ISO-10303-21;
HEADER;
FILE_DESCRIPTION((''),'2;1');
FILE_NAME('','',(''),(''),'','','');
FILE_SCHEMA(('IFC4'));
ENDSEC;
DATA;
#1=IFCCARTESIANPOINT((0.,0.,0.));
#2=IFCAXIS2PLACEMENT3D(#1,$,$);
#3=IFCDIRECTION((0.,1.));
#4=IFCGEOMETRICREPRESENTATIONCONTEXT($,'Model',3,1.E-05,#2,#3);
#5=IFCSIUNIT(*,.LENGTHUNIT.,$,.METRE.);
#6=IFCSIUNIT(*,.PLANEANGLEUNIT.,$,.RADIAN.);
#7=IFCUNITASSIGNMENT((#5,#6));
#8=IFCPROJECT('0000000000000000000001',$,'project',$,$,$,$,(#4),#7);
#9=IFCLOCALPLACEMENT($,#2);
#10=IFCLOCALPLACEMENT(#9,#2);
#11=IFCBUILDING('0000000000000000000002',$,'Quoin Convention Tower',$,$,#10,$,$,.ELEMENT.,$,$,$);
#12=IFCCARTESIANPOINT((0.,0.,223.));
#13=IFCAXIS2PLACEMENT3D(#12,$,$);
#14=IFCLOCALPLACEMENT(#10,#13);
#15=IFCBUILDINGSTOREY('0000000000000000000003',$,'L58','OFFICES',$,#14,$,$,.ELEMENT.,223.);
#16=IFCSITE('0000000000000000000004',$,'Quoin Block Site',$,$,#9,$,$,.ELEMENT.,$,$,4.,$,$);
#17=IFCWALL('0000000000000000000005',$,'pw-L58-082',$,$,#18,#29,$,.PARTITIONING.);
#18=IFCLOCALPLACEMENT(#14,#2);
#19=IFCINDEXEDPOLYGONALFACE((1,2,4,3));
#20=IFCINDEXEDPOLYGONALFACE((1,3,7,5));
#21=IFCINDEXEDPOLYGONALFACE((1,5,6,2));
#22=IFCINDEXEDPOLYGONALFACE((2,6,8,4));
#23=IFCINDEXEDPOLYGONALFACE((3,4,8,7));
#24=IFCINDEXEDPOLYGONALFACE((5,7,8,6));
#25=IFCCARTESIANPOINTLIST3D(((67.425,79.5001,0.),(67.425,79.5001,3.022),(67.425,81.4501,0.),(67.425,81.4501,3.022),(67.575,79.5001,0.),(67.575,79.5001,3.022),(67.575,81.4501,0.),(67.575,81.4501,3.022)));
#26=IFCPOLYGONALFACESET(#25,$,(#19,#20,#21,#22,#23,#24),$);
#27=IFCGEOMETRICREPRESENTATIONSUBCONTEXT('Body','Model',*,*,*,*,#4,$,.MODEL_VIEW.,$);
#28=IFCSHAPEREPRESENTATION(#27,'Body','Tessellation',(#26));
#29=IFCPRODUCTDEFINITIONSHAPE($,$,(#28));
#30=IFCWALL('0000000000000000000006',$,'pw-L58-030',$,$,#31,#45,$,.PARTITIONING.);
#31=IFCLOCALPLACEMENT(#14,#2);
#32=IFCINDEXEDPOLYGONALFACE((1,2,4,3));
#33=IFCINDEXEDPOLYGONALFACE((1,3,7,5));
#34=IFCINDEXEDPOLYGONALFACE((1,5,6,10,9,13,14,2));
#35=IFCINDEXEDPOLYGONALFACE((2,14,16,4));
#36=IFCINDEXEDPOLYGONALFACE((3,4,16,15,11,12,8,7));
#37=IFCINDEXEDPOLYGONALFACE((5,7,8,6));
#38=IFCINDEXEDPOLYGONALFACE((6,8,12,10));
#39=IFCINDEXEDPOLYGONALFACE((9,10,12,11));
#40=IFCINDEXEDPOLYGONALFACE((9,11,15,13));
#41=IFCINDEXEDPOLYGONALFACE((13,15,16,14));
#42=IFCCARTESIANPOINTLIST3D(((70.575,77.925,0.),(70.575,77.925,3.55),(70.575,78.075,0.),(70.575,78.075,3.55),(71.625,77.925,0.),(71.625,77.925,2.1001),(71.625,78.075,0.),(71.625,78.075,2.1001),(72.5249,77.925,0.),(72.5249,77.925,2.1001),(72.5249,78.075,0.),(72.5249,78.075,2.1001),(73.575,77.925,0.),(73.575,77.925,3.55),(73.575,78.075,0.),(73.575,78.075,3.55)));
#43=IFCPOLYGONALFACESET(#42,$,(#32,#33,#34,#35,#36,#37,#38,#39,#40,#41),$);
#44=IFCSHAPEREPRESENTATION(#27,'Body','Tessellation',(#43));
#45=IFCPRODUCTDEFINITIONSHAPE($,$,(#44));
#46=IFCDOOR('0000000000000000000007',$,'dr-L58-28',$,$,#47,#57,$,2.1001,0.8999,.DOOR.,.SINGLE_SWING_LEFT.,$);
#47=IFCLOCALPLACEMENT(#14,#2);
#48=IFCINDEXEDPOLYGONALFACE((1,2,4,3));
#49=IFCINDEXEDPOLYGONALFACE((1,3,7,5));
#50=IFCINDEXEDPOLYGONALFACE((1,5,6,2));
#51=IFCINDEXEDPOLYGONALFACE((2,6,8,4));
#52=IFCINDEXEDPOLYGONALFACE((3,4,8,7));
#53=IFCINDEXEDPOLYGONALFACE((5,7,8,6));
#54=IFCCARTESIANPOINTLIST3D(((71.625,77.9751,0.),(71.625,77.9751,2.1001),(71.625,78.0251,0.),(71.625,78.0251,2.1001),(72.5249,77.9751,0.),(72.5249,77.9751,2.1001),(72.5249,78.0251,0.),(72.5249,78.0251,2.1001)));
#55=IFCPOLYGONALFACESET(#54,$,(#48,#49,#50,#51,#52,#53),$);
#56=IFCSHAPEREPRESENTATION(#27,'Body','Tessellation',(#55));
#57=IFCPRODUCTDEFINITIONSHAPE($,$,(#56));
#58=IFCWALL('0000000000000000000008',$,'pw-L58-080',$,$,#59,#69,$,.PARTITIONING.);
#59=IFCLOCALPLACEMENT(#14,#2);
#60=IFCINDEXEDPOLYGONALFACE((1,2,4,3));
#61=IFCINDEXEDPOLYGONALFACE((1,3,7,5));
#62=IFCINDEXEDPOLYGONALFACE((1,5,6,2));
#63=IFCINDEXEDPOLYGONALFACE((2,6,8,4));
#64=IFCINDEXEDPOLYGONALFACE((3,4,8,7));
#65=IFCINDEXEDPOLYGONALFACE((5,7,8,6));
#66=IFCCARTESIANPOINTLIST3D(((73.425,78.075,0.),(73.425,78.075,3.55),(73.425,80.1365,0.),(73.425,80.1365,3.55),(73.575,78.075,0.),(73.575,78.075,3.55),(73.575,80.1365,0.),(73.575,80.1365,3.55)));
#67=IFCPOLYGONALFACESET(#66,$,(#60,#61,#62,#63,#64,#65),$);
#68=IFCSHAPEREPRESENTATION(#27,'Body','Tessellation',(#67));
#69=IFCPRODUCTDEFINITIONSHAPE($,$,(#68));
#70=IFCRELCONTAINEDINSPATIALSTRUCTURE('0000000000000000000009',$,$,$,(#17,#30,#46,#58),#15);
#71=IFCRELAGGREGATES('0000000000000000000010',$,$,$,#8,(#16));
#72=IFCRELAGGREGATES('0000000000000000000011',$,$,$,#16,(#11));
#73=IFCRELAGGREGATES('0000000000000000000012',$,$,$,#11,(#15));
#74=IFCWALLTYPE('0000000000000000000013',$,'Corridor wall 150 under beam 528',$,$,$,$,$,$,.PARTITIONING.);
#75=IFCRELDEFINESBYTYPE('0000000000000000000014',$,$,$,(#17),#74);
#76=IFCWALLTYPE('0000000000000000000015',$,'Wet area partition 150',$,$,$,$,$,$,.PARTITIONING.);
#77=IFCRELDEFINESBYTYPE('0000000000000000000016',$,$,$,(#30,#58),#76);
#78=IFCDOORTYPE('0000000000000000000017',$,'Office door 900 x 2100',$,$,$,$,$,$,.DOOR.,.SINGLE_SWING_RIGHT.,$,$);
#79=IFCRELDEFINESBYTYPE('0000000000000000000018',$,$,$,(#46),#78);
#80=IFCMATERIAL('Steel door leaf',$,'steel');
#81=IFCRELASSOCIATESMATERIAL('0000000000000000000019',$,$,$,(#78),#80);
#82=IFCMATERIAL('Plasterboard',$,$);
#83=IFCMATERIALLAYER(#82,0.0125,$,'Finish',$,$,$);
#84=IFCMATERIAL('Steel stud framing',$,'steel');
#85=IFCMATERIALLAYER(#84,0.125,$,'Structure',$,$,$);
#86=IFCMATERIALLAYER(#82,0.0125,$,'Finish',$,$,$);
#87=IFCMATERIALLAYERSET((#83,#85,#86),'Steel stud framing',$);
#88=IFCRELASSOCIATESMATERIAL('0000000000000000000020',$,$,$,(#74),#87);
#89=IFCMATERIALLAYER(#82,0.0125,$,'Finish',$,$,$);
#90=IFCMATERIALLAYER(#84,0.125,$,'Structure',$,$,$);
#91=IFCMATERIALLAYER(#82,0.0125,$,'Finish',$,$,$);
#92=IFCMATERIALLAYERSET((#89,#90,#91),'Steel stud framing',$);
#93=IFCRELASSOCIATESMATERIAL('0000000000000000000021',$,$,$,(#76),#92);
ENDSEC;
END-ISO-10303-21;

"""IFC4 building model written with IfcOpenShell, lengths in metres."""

from ifc_helpers import new_model, si_unit, direction, frame, frame_2d, origin, place, context, subcontext, project, spatial, rectangle, extrude, material, layer, layer_set, type_object, element, fill, save


model = new_model("IFC4")

# Units and contexts
model_context = context("Model", 3, precision=1e-05, world=origin(), true_north=direction((0.0, 1.0)))
body_context = subcontext(model_context, "Body", "Model", "MODEL_VIEW")
ifc_project = project(units=[si_unit("LENGTHUNIT", "METRE"), si_unit("PLANEANGLEUNIT", "RADIAN")], contexts=[model_context])

# Site, building, storey
site_placement = place(None, origin())
site = spatial("IfcSite", under=ifc_project, at=site_placement, Name="Quoin Block Site", CompositionType="ELEMENT", RefElevation=4.0)
building_placement = place(site_placement, origin())
building = spatial("IfcBuilding", under=site, at=building_placement, Name="Quoin Convention Tower", CompositionType="ELEMENT")
storey_placement = place(building_placement, frame((0.0, 0.0, 223.0)))
storey = spatial("IfcBuildingStorey", under=building, at=storey_placement, Name="L58", Description="OFFICES", CompositionType="ELEMENT", Elevation=223.0)

# Shared definitions
ifc_material_1 = material(Name="Plasterboard")
ifc_material_2 = material(Name="Steel stud framing", Category="steel")

# Shared definitions
ifc_material_3 = material(Name="Steel door leaf", Category="steel")
door_type_1 = type_object("IfcDoorType", Name="Office door 900 x 2100", OperationType="SINGLE_SWING_RIGHT", PredefinedType="DOOR", material=ifc_material_3)

# Shared definitions
ifc_layer_1 = layer(ifc_material_1, 0.0125, Name="Finish")
ifc_layer_2 = layer(ifc_material_2, 0.125, Name="Structure")
ifc_layer_3 = layer(ifc_material_1, 0.0125, Name="Finish")
ifc_layer_set_1 = layer_set([ifc_layer_1, ifc_layer_2, ifc_layer_3], Name="Steel stud framing")
wall_type_1 = type_object("IfcWallType", Name="Corridor wall 150 under beam 528", PredefinedType="PARTITIONING", material=ifc_layer_set_1)

# Wall
wall_1_placement = place(storey_placement, frame((67.5, 79.5, 0.0), z_axis=(0.0, 0.0, 1.0), x_axis=(0.0, 1.0, 0.0)))
element("IfcWall", 1, at=wall_1_placement, inside=storey, type_object=wall_type_1, Name="pw-L58-082", PredefinedType="PARTITIONING", context=body_context, shape_type="SweptSolid", body=[
    extrude(rectangle(XDim=1.95, YDim=0.1499, at=frame_2d((0.9751, 0.0))), origin(), (0.0, 0.0, 1.0), 3.022),
])

# Wall, opening, door
ifc_layer_4 = layer(ifc_material_1, 0.0125, Name="Finish")
ifc_layer_5 = layer(ifc_material_2, 0.125, Name="Structure")
ifc_layer_6 = layer(ifc_material_1, 0.0125, Name="Finish")
ifc_layer_set_2 = layer_set([ifc_layer_4, ifc_layer_5, ifc_layer_6], Name="Steel stud framing")
wall_type_2 = type_object("IfcWallType", Name="Wet area partition 150", PredefinedType="PARTITIONING", material=ifc_layer_set_2)
wall_2_placement = place(storey_placement, frame((70.575, 78.0, 0.0), z_axis=(0.0, 0.0, 1.0), x_axis=(1.0, 0.0, 0.0)))
wall_2 = element("IfcWall", 2, at=wall_2_placement, inside=storey, type_object=wall_type_2, Name="pw-L58-030", PredefinedType="PARTITIONING", context=body_context, shape_type="SweptSolid", body=[
    extrude(rectangle(XDim=3.0, YDim=0.1499, at=frame_2d((1.5, 0.0))), origin(), (0.0, 0.0, 1.0), 3.55),
])
opening_1_placement = place(wall_2_placement, frame((1.05, 0.0, 0.0)))
opening_1 = element("IfcOpeningElement", 3, at=opening_1_placement, cuts=wall_2, PredefinedType="OPENING", context=body_context, shape_type="SweptSolid", body=[
    extrude(rectangle(XDim=0.8999, YDim=2.1001, at=frame_2d((0.45, 1.05))), frame((0.0, 0.085, 0.0), z_axis=(0.0, -1.0, 0.0), x_axis=(1.0, 0.0, 0.0)), (0.0, 0.0, 1.0), 0.1699),
])
door_1_placement = place(opening_1_placement, frame((0.8999, 0.0, 0.0), z_axis=(0.0, 0.0, 1.0), x_axis=(-1.0, 0.0, 0.0)))
door_1 = element("IfcDoor", 4, at=door_1_placement, inside=storey, type_object=door_type_1, Name="dr-L58-28", OperationType="SINGLE_SWING_LEFT", OverallHeight=2.1001, OverallWidth=0.8999, PredefinedType="DOOR", context=body_context, shape_type="SweptSolid", body=[
    extrude(rectangle(XDim=0.8999, YDim=2.1001, at=frame_2d((0.45, 1.05))), frame((0.0, 0.0249, 0.0), z_axis=(0.0, -1.0, 0.0), x_axis=(1.0, 0.0, 0.0)), (0.0, 0.0, 1.0), 0.05),
])
fill(opening_1, door_1)

# Wall
wall_3_placement = place(storey_placement, frame((73.5, 78.075, 0.0), z_axis=(0.0, 0.0, 1.0), x_axis=(0.0, 1.0, 0.0)))
element("IfcWall", 5, at=wall_3_placement, inside=storey, type_object=wall_type_2, Name="pw-L58-080", PredefinedType="PARTITIONING", context=body_context, shape_type="SweptSolid", body=[
    extrude(rectangle(XDim=2.0615, YDim=0.1499, at=frame_2d((1.0308, 0.0))), origin(), (0.0, 0.0, 1.0), 3.55),
])

save(model, "model.ifc")
